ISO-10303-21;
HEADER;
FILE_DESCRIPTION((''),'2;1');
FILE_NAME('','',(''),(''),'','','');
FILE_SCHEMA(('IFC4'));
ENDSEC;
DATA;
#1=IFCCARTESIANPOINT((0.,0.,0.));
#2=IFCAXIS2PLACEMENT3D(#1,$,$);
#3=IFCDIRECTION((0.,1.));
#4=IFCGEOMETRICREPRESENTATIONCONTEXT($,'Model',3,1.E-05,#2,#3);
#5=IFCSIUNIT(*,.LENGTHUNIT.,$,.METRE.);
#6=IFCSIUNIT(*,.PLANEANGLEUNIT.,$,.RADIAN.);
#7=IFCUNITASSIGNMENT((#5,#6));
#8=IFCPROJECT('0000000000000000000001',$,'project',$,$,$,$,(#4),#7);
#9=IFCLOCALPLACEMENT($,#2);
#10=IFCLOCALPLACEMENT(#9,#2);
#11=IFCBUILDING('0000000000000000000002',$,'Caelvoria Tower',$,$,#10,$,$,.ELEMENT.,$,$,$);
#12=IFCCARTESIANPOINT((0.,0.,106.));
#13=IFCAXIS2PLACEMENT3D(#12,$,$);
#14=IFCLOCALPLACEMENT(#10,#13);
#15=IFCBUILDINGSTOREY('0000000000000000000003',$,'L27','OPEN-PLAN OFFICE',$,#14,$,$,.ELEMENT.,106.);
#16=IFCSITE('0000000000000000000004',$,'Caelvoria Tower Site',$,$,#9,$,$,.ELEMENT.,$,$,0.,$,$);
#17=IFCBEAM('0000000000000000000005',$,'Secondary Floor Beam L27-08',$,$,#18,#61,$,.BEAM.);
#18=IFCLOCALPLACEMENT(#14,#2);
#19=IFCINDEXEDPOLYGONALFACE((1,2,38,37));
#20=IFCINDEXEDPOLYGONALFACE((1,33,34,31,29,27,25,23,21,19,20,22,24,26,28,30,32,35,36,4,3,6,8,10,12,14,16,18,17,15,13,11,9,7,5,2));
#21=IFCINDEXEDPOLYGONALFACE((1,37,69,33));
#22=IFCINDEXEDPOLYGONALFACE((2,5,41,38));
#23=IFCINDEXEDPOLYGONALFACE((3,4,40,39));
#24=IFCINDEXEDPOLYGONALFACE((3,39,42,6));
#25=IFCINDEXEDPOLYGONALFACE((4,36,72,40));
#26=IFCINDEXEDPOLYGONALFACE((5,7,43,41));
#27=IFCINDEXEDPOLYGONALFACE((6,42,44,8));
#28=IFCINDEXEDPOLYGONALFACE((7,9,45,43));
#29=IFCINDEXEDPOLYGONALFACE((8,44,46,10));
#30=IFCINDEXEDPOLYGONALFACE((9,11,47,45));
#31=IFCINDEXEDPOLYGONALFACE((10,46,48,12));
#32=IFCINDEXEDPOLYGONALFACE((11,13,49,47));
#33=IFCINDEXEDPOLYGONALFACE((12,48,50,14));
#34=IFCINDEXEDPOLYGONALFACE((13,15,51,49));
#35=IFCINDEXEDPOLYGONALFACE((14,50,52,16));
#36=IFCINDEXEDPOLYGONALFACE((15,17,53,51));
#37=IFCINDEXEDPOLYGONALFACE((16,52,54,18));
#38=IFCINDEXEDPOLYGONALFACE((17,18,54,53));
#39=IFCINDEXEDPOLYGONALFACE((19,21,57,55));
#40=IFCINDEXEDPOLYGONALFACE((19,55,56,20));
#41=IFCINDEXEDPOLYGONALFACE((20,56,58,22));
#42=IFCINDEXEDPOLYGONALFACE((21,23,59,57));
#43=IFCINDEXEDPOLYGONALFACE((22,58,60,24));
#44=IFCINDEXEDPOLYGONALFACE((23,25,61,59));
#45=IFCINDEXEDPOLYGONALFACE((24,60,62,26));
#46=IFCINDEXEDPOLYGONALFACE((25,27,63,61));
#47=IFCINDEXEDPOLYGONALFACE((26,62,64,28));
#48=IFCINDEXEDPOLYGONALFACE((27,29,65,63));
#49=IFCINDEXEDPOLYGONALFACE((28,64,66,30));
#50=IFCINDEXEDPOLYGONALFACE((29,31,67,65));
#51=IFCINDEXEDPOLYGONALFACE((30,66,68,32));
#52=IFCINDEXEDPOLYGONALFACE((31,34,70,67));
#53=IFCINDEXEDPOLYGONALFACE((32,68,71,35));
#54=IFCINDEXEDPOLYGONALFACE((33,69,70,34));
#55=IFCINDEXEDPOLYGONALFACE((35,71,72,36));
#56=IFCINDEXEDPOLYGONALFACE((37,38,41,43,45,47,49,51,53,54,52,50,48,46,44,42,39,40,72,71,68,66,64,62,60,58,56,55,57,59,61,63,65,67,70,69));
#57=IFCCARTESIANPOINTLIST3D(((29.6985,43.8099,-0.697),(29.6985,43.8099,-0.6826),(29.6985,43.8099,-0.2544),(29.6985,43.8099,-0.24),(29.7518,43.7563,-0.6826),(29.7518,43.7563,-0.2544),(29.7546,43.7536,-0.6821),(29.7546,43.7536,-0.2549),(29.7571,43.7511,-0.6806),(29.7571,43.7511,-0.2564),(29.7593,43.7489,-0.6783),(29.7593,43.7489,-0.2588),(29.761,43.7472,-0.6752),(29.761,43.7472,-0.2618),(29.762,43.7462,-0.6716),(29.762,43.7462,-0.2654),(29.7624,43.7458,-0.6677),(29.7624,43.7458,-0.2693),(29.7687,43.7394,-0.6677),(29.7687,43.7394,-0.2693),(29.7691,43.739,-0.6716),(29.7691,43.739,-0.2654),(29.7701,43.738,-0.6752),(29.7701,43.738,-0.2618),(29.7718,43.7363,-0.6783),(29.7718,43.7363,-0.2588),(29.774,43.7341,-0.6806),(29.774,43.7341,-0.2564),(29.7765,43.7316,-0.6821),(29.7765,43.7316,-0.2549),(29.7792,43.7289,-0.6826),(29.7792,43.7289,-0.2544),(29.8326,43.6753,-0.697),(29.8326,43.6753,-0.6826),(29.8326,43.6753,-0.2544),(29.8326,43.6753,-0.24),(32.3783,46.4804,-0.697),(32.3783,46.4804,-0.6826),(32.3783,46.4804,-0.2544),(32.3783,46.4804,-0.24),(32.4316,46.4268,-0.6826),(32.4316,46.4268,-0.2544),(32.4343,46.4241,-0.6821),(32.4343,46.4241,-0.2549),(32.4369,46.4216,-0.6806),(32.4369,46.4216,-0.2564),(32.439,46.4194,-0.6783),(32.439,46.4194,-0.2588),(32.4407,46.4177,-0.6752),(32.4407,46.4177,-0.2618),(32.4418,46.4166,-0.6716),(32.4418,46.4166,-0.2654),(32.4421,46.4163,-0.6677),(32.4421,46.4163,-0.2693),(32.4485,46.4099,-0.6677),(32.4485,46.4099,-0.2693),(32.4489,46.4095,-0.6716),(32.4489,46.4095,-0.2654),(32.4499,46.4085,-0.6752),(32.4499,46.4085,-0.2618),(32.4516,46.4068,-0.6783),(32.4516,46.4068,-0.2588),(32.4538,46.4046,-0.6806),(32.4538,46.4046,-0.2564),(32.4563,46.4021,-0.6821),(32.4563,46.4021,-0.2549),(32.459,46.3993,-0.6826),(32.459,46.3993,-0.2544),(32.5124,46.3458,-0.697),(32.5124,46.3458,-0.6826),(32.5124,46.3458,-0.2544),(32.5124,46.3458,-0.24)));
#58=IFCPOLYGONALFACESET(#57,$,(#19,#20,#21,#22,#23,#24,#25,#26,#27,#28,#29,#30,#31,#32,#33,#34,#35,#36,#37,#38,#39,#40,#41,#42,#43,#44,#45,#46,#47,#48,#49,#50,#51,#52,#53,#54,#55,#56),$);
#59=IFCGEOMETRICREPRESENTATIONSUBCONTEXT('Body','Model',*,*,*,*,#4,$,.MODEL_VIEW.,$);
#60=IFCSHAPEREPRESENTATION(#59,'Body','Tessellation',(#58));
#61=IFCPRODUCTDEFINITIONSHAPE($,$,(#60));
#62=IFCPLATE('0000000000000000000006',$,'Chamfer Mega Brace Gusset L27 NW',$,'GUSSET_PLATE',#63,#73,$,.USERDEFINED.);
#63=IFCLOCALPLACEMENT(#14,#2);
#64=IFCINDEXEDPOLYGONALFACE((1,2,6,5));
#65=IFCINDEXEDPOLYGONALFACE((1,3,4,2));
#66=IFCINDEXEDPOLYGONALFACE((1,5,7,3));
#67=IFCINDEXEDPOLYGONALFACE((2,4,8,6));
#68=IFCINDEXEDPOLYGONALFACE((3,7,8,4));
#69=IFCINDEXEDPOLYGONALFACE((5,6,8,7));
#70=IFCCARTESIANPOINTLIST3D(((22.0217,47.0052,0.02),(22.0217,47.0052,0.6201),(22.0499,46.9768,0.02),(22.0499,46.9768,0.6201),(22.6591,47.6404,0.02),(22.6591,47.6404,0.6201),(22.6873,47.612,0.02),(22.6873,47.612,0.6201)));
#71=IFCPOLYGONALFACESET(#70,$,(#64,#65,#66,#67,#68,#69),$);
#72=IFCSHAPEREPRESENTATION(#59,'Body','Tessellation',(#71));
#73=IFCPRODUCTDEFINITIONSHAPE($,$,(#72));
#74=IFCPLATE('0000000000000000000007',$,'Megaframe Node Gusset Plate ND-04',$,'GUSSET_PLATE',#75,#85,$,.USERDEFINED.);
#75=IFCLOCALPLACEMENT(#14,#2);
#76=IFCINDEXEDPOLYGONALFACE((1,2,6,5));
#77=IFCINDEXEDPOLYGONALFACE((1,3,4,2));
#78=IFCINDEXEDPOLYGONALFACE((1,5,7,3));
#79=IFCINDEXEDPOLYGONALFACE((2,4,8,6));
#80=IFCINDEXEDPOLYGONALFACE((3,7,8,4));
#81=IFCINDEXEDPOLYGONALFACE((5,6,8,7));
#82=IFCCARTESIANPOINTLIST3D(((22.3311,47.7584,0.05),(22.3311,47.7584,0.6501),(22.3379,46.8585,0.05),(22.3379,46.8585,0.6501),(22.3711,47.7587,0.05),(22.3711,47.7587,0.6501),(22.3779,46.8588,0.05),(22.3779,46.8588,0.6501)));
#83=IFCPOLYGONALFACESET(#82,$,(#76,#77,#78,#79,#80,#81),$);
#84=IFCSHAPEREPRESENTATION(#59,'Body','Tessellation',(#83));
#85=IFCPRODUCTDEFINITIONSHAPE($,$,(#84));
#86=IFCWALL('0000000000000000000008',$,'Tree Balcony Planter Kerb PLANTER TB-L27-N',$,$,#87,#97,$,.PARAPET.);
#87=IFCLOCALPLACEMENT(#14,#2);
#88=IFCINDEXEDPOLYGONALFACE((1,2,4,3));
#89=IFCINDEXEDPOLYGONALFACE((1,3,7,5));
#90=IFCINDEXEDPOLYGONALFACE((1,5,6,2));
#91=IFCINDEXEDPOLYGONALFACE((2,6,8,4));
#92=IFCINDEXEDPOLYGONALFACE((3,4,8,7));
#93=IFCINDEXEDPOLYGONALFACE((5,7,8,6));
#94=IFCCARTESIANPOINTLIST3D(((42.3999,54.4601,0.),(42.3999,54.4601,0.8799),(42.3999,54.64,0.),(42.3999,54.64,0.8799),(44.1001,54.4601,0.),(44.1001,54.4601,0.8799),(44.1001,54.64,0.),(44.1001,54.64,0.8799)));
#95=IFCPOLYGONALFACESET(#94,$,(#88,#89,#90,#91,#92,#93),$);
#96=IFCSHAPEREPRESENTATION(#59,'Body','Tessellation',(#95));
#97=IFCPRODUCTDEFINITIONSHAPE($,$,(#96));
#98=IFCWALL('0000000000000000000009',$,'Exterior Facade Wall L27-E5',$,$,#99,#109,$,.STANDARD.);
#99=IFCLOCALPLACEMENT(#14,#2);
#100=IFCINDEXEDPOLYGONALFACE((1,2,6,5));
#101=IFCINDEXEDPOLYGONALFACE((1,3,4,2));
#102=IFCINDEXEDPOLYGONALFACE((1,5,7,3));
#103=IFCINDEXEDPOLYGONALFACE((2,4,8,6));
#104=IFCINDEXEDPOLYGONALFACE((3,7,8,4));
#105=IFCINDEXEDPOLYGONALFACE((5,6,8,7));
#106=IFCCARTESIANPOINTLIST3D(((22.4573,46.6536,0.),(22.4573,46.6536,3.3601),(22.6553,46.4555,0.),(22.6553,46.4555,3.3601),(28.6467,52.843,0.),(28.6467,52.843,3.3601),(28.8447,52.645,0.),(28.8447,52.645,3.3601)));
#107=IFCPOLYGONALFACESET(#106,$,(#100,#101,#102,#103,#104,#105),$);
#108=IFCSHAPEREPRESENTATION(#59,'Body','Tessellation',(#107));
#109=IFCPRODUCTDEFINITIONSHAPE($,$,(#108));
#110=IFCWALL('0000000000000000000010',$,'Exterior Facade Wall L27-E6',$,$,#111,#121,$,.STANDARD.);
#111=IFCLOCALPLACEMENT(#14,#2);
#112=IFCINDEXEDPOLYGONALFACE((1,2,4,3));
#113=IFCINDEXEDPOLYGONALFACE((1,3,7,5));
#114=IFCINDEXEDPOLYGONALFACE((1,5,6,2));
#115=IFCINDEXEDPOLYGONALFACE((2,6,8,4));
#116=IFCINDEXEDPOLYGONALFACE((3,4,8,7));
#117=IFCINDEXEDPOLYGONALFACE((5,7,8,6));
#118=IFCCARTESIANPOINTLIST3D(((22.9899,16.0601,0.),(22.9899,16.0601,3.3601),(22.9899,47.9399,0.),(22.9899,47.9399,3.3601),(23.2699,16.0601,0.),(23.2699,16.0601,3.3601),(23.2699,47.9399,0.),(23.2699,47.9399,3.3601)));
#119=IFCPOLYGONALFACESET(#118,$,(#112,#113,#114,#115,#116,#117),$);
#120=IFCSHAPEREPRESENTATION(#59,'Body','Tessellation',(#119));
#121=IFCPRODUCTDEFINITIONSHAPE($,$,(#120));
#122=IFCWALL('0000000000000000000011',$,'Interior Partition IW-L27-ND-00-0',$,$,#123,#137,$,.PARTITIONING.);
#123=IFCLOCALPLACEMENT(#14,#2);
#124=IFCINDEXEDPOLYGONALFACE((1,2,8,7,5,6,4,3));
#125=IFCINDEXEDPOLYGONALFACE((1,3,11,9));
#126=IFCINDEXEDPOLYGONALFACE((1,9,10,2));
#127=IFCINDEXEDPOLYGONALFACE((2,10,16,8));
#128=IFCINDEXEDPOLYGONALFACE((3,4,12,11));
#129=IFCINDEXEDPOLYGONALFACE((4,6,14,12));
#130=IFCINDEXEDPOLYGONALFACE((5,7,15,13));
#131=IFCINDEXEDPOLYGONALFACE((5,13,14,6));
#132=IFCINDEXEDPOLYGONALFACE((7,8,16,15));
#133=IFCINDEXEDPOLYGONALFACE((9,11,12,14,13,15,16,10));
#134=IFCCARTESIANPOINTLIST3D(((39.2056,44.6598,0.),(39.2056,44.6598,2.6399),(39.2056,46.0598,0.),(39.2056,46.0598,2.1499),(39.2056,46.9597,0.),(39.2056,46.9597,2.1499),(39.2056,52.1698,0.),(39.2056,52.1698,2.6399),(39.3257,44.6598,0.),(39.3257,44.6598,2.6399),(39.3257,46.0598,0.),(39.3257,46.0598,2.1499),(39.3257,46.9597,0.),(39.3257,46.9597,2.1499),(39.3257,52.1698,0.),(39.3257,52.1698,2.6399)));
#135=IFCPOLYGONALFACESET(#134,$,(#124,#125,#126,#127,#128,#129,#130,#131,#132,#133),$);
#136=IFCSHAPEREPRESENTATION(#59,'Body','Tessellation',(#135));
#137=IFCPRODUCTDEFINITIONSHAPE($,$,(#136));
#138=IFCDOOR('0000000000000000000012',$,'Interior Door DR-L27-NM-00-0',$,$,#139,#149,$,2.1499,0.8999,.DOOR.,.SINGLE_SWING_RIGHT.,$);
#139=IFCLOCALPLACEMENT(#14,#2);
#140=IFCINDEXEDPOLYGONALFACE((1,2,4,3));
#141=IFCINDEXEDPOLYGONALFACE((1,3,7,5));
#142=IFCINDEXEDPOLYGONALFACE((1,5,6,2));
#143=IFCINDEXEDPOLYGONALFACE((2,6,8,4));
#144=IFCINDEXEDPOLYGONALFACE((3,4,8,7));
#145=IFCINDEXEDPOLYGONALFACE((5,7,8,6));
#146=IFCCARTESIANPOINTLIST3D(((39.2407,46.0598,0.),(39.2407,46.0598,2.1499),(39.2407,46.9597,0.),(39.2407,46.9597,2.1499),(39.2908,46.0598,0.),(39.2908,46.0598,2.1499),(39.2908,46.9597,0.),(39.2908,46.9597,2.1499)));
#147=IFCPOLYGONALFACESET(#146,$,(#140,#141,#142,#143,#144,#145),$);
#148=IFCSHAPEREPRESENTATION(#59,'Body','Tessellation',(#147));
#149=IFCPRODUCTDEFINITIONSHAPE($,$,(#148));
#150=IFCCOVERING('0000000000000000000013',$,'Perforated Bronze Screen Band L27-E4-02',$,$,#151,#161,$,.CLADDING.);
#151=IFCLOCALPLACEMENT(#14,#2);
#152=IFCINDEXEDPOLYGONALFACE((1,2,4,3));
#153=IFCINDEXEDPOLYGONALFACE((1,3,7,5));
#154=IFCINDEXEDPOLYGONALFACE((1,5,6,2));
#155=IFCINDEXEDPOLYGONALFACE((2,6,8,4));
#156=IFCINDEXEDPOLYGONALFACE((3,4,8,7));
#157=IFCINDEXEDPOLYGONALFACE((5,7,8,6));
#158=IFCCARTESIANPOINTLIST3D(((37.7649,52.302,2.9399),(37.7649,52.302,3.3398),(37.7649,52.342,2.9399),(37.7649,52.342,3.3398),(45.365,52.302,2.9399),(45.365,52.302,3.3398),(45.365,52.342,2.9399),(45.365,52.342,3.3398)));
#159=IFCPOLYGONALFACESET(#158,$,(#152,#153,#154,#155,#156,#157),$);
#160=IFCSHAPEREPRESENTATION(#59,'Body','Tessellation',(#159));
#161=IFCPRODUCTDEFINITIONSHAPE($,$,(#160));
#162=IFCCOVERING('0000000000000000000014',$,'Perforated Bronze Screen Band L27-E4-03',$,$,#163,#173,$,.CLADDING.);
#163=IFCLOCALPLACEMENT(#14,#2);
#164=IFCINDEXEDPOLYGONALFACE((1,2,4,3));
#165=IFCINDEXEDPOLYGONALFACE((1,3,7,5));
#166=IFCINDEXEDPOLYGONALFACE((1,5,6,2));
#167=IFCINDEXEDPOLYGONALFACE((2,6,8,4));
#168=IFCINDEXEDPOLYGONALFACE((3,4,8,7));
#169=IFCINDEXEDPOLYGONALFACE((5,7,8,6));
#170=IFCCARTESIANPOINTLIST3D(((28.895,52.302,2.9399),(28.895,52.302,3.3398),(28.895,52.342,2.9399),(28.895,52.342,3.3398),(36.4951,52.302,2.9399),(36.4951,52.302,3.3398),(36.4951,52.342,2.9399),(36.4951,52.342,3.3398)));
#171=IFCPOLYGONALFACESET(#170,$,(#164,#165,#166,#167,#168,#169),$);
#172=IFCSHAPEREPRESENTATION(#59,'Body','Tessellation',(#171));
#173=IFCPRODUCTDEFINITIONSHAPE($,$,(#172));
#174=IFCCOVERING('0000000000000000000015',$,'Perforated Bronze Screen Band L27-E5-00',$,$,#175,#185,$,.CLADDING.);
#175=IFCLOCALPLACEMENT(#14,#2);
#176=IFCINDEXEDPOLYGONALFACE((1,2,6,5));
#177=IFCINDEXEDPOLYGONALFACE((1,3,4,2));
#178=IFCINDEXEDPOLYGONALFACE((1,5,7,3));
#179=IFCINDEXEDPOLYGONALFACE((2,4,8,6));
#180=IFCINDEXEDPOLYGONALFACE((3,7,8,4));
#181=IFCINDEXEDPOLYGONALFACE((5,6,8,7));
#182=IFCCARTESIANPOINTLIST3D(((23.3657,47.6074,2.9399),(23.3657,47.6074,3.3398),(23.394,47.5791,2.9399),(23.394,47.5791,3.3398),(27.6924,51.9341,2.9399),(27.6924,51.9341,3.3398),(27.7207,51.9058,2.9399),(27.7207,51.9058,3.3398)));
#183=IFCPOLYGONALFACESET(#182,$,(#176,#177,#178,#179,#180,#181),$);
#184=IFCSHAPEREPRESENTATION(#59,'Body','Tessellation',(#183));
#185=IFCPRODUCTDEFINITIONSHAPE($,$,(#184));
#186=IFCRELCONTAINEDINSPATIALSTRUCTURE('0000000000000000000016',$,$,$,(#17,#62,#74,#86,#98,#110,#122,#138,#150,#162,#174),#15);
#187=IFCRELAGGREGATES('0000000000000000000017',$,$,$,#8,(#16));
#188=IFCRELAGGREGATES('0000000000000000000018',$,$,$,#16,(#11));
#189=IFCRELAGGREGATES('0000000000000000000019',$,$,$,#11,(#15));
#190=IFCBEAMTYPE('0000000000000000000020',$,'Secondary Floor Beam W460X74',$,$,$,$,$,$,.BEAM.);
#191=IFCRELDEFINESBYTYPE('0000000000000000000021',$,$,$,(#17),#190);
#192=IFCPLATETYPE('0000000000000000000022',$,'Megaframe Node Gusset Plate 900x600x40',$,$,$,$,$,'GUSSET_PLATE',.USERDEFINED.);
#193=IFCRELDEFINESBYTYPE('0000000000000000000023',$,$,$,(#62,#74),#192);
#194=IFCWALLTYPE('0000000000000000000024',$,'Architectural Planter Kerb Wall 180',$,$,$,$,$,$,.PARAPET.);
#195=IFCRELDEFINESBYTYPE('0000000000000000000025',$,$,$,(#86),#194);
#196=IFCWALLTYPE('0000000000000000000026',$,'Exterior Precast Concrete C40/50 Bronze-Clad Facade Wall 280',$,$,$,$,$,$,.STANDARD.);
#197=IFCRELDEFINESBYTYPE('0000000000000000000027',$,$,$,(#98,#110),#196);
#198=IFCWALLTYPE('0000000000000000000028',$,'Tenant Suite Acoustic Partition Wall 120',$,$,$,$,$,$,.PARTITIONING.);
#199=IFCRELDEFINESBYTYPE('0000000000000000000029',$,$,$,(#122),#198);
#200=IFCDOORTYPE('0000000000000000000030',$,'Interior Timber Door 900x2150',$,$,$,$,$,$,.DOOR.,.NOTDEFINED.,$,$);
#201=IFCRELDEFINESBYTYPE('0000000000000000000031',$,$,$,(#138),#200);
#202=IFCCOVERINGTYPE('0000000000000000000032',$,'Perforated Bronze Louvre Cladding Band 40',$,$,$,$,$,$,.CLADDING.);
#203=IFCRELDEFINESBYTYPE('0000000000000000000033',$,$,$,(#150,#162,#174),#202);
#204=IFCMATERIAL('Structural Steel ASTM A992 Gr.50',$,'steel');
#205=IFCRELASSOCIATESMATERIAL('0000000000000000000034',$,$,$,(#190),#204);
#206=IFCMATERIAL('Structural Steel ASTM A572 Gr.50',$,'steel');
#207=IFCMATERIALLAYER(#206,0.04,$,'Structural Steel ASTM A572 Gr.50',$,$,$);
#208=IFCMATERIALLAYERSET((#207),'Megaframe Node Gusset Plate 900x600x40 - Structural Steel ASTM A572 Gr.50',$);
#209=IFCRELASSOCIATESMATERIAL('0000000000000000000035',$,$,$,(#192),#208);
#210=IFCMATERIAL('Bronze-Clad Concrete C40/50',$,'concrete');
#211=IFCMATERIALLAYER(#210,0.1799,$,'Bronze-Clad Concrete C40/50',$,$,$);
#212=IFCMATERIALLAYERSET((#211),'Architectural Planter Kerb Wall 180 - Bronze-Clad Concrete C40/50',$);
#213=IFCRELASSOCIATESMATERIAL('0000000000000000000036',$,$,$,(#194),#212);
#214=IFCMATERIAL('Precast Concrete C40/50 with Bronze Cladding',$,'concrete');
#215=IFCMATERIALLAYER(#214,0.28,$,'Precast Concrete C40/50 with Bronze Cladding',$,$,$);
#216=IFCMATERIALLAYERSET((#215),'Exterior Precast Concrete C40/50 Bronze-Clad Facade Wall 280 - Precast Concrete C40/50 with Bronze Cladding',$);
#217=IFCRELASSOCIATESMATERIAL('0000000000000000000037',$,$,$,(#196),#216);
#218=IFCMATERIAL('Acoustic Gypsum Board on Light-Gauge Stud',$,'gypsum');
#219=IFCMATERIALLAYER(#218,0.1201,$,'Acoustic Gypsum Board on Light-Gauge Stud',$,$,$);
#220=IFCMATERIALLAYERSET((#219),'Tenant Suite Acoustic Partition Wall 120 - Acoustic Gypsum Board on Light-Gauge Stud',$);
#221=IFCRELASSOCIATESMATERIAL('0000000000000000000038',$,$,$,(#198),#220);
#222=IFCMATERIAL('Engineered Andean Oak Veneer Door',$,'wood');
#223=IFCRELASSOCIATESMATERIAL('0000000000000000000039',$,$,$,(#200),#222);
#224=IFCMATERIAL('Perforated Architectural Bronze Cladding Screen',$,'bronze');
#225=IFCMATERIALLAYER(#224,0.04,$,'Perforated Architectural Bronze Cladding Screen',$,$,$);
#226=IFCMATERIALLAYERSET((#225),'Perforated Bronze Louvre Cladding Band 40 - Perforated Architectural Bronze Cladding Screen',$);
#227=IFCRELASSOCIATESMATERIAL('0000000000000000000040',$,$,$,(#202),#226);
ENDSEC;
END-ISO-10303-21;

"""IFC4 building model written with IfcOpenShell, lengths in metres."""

from ifc_helpers import new_model, si_unit, direction, frame, frame_2d, origin, origin_2d, place, context, subcontext, project, spatial, rectangle, i_section, extrude, material, layer, layer_set, material_profile, profile_set, type_object, element, fill, save


model = new_model("IFC4")

# Units and contexts
model_context = context("Model", 3, precision=1e-05, world=origin(), true_north=direction((0.0, 1.0)))
body_context = subcontext(model_context, "Body", "Model", "MODEL_VIEW")
ifc_project = project(units=[si_unit("LENGTHUNIT", "METRE"), si_unit("PLANEANGLEUNIT", "RADIAN")], contexts=[model_context])

# Site, building, storey
site_placement = place(None, origin())
site = spatial("IfcSite", under=ifc_project, at=site_placement, Name="Caelvoria Tower Site", CompositionType="ELEMENT", RefElevation=0.0)
building_placement = place(site_placement, origin())
building = spatial("IfcBuilding", under=site, at=building_placement, Name="Caelvoria Tower", CompositionType="ELEMENT")
storey_placement = place(building_placement, frame((0.0, 0.0, 106.0)))
storey = spatial("IfcBuildingStorey", under=building, at=storey_placement, Name="L27", Description="OPEN-PLAN OFFICE", CompositionType="ELEMENT", Elevation=106.0)

# Shared definitions
ifc_material_1 = material(Name="Structural Steel ASTM A572 Gr.50", Category="steel")

# Shared definitions
ifc_material_2 = material(Name="Structural Steel ASTM A992 Gr.50", Category="steel")

# Beam
ifc_material_profile_1 = material_profile(ifc_material_2, i_section(OverallWidth=0.1899, OverallDepth=0.457, WebThickness=0.009, FlangeThickness=0.0144, FilletRadius=0.0149, at=origin_2d()), Name="Structural Steel ASTM A992 Gr.50")
ifc_profile_set_1 = profile_set([ifc_material_profile_1], Name="W460X74 - Structural Steel ASTM A992 Gr.50")
beam_type_1 = type_object("IfcBeamType", Name="Secondary Floor Beam W460X74", PredefinedType="BEAM", material=ifc_profile_set_1)
beam_1_placement = place(storey_placement, frame((32.4453, 46.4131, -0.4685), z_axis=(-0.708332, -0.70588, 0.0), x_axis=(0.70588, -0.708332, 0.0)))
element("IfcBeam", 1, at=beam_1_placement, inside=storey, type_object=beam_type_1, Name="Secondary Floor Beam L27-08", PredefinedType="BEAM", context=body_context, shape_type="SweptSolid", body=[
    extrude(i_section(OverallWidth=0.1899, OverallDepth=0.457, WebThickness=0.009, FlangeThickness=0.0144, FilletRadius=0.0149, at=origin_2d()), origin(), (0.0, 0.0, 1.0), 3.7832),
])

# Plates
ifc_layer_1 = layer(ifc_material_1, 0.04, Name="Structural Steel ASTM A572 Gr.50")
ifc_layer_set_1 = layer_set([ifc_layer_1], Name="Megaframe Node Gusset Plate 900x600x40 - Structural Steel ASTM A572 Gr.50")
plate_type = type_object("IfcPlateType", Name="Megaframe Node Gusset Plate 900x600x40", ElementType="GUSSET_PLATE", PredefinedType="USERDEFINED", material=ifc_layer_set_1)
for number, where, z_axis, x_axis, name in (
    (2, (22.3545, 47.3086, 0.02), (0.0, 0.0, 1.0), (0.708308, 0.705904, 0.0), "Chamfer Mega Brace Gusset L27 NW"),
    (3, (22.3545, 47.3086, 0.05), (0.0, 0.0, 1.0), (0.00755, -0.999971, 0.0), "Megaframe Node Gusset Plate ND-04"),
):
    element("IfcPlate", number, at=place(storey_placement, frame(where, z_axis=z_axis, x_axis=x_axis)), inside=storey, type_object=plate_type, Name=name, ObjectType="GUSSET_PLATE", PredefinedType="USERDEFINED", context=body_context, shape_type="SweptSolid", body=[
        extrude(rectangle(XDim=0.8999, YDim=0.04, at=origin_2d()), origin(), (0.0, 0.0, 1.0), 0.6001),
    ])

# Walls
ifc_material_3 = material(Name="Bronze-Clad Concrete C40/50", Category="concrete")
ifc_layer_2 = layer(ifc_material_3, 0.1799, Name="Bronze-Clad Concrete C40/50")
ifc_layer_set_2 = layer_set([ifc_layer_2], Name="Architectural Planter Kerb Wall 180 - Bronze-Clad Concrete C40/50")
wall_type_1 = type_object("IfcWallType", Name="Architectural Planter Kerb Wall 180", PredefinedType="PARAPET", material=ifc_layer_set_2)
wall_1_placement = place(storey_placement, frame((42.3999, 54.55, 0.0), z_axis=(0.0, 0.0, 1.0), x_axis=(1.0, 0.0, 0.0)))
element("IfcWall", 4, at=wall_1_placement, inside=storey, type_object=wall_type_1, Name="Tree Balcony Planter Kerb PLANTER TB-L27-N", PredefinedType="PARAPET", context=body_context, shape_type="SweptSolid", body=[
    extrude(rectangle(XDim=1.7002, YDim=0.1799, at=frame_2d((0.8501, 0.0))), origin(), (0.0, 0.0, 1.0), 0.8799),
])
ifc_material_4 = material(Name="Precast Concrete C40/50 with Bronze Cladding", Category="concrete")
ifc_layer_3 = layer(ifc_material_4, 0.28, Name="Precast Concrete C40/50 with Bronze Cladding")
ifc_layer_set_3 = layer_set([ifc_layer_3], Name="Exterior Precast Concrete C40/50 Bronze-Clad Facade Wall 280 - Precast Concrete C40/50 with Bronze Cladding")
wall_type_2 = type_object("IfcWallType", Name="Exterior Precast Concrete C40/50 Bronze-Clad Facade Wall 280", PredefinedType="STANDARD", material=ifc_layer_set_3)
wall_2_placement = place(storey_placement, frame((28.7456, 52.7439, 0.0), z_axis=(0.0, 0.0, 1.0), x_axis=(-0.707107, -0.707107, 0.0)))
element("IfcWall", 5, at=wall_2_placement, inside=storey, type_object=wall_type_2, Name="Exterior Facade Wall L27-E5", PredefinedType="STANDARD", context=body_context, shape_type="SweptSolid", body=[
    extrude(rectangle(XDim=8.7532, YDim=0.28, at=frame_2d((4.3765, 0.0))), origin(), (0.0, 0.0, 1.0), 3.3601),
])
wall_3_placement = place(storey_placement, frame((23.1299, 47.9399, 0.0), z_axis=(0.0, 0.0, 1.0), x_axis=(0.0, -1.0, 0.0)))
element("IfcWall", 6, at=wall_3_placement, inside=storey, type_object=wall_type_2, Name="Exterior Facade Wall L27-E6", PredefinedType="STANDARD", context=body_context, shape_type="SweptSolid", body=[
    extrude(rectangle(XDim=31.8799, YDim=0.28, at=frame_2d((15.9399, 0.0))), origin(), (0.0, 0.0, 1.0), 3.3601),
])

# Wall, opening, door
ifc_material_5 = material(Name="Acoustic Gypsum Board on Light-Gauge Stud", Category="gypsum")
ifc_layer_4 = layer(ifc_material_5, 0.1201, Name="Acoustic Gypsum Board on Light-Gauge Stud")
ifc_layer_set_4 = layer_set([ifc_layer_4], Name="Tenant Suite Acoustic Partition Wall 120 - Acoustic Gypsum Board on Light-Gauge Stud")
wall_type_3 = type_object("IfcWallType", Name="Tenant Suite Acoustic Partition Wall 120", PredefinedType="PARTITIONING", material=ifc_layer_set_4)
wall_4_placement = place(storey_placement, frame((39.2656, 44.6599, 0.0), z_axis=(0.0, 0.0, 1.0), x_axis=(0.0, 1.0, 0.0)))
wall_4 = element("IfcWall", 7, at=wall_4_placement, inside=storey, type_object=wall_type_3, Name="Interior Partition IW-L27-ND-00-0", PredefinedType="PARTITIONING", context=body_context, shape_type="SweptSolid", body=[
    extrude(rectangle(XDim=7.51, YDim=0.1201, at=frame_2d((3.7549, 0.0))), origin(), (0.0, 0.0, 1.0), 2.6399),
])
opening_placement = place(wall_4_placement, frame((1.3999, 0.0, 0.0)))
opening = element("IfcOpeningElement", 8, at=opening_placement, cuts=wall_4, PredefinedType="OPENING", context=body_context, shape_type="SweptSolid", body=[
    extrude(rectangle(XDim=0.8999, YDim=2.1499, at=frame_2d((0.45, 1.075))), frame((0.0, 0.0701, 0.0), z_axis=(0.0, -1.0, 0.0), x_axis=(1.0, 0.0, 0.0)), (0.0, 0.0, 1.0), 0.1401),
])
ifc_material_6 = material(Name="Engineered Andean Oak Veneer Door", Category="wood")
door_type = type_object("IfcDoorType", Name="Interior Timber Door 900x2150", OperationType="NOTDEFINED", PredefinedType="DOOR", material=ifc_material_6)
door_placement = place(opening_placement, origin())
door = element("IfcDoor", 9, at=door_placement, inside=storey, type_object=door_type, Name="Interior Door DR-L27-NM-00-0", OperationType="SINGLE_SWING_RIGHT", OverallHeight=2.1499, OverallWidth=0.8999, PredefinedType="DOOR", context=body_context, shape_type="SweptSolid", body=[
    extrude(rectangle(XDim=0.8999, YDim=2.1499, at=frame_2d((0.45, 1.075))), frame((0.0, 0.0249, 0.0), z_axis=(0.0, -1.0, 0.0), x_axis=(1.0, 0.0, 0.0)), (0.0, 0.0, 1.0), 0.05),
])
fill(opening, door)

# Coverings
ifc_material_7 = material(Name="Perforated Architectural Bronze Cladding Screen", Category="bronze")
ifc_layer_5 = layer(ifc_material_7, 0.04, Name="Perforated Architectural Bronze Cladding Screen")
ifc_layer_set_5 = layer_set([ifc_layer_5], Name="Perforated Bronze Louvre Cladding Band 40 - Perforated Architectural Bronze Cladding Screen")
covering_type = type_object("IfcCoveringType", Name="Perforated Bronze Louvre Cladding Band 40", PredefinedType="CLADDING", material=ifc_layer_set_5)
for number, where, z_axis, x_axis, name in (
    (10, (41.5649, 52.322, 2.9399), (0.0, 0.0, 1.0), (-1.0, 0.0, 0.0), "Perforated Bronze Screen Band L27-E4-02"),
    (11, (32.6951, 52.322, 2.9399), (0.0, 0.0, 1.0), (-1.0, 0.0, 0.0), "Perforated Bronze Screen Band L27-E4-03"),
):
    element("IfcCovering", number, at=place(storey_placement, frame(where, z_axis=z_axis, x_axis=x_axis)), inside=storey, type_object=covering_type, Name=name, PredefinedType="CLADDING", context=body_context, shape_type="SweptSolid", body=[
        extrude(rectangle(XDim=7.6001, YDim=0.04, at=origin_2d()), origin(), (0.0, 0.0, 1.0), 0.3999),
    ])
covering_placement = place(storey_placement, frame((25.5432, 49.7566, 2.9399), z_axis=(0.0, 0.0, 1.0), x_axis=(-0.707107, -0.707107, 0.0)))
element("IfcCovering", 12, at=covering_placement, inside=storey, type_object=covering_type, Name="Perforated Bronze Screen Band L27-E5-00", PredefinedType="CLADDING", context=body_context, shape_type="SweptSolid", body=[
    extrude(rectangle(XDim=6.1189, YDim=0.04, at=origin_2d()), origin(), (0.0, 0.0, 1.0), 0.3999),
])

save(model, "model.ifc")
